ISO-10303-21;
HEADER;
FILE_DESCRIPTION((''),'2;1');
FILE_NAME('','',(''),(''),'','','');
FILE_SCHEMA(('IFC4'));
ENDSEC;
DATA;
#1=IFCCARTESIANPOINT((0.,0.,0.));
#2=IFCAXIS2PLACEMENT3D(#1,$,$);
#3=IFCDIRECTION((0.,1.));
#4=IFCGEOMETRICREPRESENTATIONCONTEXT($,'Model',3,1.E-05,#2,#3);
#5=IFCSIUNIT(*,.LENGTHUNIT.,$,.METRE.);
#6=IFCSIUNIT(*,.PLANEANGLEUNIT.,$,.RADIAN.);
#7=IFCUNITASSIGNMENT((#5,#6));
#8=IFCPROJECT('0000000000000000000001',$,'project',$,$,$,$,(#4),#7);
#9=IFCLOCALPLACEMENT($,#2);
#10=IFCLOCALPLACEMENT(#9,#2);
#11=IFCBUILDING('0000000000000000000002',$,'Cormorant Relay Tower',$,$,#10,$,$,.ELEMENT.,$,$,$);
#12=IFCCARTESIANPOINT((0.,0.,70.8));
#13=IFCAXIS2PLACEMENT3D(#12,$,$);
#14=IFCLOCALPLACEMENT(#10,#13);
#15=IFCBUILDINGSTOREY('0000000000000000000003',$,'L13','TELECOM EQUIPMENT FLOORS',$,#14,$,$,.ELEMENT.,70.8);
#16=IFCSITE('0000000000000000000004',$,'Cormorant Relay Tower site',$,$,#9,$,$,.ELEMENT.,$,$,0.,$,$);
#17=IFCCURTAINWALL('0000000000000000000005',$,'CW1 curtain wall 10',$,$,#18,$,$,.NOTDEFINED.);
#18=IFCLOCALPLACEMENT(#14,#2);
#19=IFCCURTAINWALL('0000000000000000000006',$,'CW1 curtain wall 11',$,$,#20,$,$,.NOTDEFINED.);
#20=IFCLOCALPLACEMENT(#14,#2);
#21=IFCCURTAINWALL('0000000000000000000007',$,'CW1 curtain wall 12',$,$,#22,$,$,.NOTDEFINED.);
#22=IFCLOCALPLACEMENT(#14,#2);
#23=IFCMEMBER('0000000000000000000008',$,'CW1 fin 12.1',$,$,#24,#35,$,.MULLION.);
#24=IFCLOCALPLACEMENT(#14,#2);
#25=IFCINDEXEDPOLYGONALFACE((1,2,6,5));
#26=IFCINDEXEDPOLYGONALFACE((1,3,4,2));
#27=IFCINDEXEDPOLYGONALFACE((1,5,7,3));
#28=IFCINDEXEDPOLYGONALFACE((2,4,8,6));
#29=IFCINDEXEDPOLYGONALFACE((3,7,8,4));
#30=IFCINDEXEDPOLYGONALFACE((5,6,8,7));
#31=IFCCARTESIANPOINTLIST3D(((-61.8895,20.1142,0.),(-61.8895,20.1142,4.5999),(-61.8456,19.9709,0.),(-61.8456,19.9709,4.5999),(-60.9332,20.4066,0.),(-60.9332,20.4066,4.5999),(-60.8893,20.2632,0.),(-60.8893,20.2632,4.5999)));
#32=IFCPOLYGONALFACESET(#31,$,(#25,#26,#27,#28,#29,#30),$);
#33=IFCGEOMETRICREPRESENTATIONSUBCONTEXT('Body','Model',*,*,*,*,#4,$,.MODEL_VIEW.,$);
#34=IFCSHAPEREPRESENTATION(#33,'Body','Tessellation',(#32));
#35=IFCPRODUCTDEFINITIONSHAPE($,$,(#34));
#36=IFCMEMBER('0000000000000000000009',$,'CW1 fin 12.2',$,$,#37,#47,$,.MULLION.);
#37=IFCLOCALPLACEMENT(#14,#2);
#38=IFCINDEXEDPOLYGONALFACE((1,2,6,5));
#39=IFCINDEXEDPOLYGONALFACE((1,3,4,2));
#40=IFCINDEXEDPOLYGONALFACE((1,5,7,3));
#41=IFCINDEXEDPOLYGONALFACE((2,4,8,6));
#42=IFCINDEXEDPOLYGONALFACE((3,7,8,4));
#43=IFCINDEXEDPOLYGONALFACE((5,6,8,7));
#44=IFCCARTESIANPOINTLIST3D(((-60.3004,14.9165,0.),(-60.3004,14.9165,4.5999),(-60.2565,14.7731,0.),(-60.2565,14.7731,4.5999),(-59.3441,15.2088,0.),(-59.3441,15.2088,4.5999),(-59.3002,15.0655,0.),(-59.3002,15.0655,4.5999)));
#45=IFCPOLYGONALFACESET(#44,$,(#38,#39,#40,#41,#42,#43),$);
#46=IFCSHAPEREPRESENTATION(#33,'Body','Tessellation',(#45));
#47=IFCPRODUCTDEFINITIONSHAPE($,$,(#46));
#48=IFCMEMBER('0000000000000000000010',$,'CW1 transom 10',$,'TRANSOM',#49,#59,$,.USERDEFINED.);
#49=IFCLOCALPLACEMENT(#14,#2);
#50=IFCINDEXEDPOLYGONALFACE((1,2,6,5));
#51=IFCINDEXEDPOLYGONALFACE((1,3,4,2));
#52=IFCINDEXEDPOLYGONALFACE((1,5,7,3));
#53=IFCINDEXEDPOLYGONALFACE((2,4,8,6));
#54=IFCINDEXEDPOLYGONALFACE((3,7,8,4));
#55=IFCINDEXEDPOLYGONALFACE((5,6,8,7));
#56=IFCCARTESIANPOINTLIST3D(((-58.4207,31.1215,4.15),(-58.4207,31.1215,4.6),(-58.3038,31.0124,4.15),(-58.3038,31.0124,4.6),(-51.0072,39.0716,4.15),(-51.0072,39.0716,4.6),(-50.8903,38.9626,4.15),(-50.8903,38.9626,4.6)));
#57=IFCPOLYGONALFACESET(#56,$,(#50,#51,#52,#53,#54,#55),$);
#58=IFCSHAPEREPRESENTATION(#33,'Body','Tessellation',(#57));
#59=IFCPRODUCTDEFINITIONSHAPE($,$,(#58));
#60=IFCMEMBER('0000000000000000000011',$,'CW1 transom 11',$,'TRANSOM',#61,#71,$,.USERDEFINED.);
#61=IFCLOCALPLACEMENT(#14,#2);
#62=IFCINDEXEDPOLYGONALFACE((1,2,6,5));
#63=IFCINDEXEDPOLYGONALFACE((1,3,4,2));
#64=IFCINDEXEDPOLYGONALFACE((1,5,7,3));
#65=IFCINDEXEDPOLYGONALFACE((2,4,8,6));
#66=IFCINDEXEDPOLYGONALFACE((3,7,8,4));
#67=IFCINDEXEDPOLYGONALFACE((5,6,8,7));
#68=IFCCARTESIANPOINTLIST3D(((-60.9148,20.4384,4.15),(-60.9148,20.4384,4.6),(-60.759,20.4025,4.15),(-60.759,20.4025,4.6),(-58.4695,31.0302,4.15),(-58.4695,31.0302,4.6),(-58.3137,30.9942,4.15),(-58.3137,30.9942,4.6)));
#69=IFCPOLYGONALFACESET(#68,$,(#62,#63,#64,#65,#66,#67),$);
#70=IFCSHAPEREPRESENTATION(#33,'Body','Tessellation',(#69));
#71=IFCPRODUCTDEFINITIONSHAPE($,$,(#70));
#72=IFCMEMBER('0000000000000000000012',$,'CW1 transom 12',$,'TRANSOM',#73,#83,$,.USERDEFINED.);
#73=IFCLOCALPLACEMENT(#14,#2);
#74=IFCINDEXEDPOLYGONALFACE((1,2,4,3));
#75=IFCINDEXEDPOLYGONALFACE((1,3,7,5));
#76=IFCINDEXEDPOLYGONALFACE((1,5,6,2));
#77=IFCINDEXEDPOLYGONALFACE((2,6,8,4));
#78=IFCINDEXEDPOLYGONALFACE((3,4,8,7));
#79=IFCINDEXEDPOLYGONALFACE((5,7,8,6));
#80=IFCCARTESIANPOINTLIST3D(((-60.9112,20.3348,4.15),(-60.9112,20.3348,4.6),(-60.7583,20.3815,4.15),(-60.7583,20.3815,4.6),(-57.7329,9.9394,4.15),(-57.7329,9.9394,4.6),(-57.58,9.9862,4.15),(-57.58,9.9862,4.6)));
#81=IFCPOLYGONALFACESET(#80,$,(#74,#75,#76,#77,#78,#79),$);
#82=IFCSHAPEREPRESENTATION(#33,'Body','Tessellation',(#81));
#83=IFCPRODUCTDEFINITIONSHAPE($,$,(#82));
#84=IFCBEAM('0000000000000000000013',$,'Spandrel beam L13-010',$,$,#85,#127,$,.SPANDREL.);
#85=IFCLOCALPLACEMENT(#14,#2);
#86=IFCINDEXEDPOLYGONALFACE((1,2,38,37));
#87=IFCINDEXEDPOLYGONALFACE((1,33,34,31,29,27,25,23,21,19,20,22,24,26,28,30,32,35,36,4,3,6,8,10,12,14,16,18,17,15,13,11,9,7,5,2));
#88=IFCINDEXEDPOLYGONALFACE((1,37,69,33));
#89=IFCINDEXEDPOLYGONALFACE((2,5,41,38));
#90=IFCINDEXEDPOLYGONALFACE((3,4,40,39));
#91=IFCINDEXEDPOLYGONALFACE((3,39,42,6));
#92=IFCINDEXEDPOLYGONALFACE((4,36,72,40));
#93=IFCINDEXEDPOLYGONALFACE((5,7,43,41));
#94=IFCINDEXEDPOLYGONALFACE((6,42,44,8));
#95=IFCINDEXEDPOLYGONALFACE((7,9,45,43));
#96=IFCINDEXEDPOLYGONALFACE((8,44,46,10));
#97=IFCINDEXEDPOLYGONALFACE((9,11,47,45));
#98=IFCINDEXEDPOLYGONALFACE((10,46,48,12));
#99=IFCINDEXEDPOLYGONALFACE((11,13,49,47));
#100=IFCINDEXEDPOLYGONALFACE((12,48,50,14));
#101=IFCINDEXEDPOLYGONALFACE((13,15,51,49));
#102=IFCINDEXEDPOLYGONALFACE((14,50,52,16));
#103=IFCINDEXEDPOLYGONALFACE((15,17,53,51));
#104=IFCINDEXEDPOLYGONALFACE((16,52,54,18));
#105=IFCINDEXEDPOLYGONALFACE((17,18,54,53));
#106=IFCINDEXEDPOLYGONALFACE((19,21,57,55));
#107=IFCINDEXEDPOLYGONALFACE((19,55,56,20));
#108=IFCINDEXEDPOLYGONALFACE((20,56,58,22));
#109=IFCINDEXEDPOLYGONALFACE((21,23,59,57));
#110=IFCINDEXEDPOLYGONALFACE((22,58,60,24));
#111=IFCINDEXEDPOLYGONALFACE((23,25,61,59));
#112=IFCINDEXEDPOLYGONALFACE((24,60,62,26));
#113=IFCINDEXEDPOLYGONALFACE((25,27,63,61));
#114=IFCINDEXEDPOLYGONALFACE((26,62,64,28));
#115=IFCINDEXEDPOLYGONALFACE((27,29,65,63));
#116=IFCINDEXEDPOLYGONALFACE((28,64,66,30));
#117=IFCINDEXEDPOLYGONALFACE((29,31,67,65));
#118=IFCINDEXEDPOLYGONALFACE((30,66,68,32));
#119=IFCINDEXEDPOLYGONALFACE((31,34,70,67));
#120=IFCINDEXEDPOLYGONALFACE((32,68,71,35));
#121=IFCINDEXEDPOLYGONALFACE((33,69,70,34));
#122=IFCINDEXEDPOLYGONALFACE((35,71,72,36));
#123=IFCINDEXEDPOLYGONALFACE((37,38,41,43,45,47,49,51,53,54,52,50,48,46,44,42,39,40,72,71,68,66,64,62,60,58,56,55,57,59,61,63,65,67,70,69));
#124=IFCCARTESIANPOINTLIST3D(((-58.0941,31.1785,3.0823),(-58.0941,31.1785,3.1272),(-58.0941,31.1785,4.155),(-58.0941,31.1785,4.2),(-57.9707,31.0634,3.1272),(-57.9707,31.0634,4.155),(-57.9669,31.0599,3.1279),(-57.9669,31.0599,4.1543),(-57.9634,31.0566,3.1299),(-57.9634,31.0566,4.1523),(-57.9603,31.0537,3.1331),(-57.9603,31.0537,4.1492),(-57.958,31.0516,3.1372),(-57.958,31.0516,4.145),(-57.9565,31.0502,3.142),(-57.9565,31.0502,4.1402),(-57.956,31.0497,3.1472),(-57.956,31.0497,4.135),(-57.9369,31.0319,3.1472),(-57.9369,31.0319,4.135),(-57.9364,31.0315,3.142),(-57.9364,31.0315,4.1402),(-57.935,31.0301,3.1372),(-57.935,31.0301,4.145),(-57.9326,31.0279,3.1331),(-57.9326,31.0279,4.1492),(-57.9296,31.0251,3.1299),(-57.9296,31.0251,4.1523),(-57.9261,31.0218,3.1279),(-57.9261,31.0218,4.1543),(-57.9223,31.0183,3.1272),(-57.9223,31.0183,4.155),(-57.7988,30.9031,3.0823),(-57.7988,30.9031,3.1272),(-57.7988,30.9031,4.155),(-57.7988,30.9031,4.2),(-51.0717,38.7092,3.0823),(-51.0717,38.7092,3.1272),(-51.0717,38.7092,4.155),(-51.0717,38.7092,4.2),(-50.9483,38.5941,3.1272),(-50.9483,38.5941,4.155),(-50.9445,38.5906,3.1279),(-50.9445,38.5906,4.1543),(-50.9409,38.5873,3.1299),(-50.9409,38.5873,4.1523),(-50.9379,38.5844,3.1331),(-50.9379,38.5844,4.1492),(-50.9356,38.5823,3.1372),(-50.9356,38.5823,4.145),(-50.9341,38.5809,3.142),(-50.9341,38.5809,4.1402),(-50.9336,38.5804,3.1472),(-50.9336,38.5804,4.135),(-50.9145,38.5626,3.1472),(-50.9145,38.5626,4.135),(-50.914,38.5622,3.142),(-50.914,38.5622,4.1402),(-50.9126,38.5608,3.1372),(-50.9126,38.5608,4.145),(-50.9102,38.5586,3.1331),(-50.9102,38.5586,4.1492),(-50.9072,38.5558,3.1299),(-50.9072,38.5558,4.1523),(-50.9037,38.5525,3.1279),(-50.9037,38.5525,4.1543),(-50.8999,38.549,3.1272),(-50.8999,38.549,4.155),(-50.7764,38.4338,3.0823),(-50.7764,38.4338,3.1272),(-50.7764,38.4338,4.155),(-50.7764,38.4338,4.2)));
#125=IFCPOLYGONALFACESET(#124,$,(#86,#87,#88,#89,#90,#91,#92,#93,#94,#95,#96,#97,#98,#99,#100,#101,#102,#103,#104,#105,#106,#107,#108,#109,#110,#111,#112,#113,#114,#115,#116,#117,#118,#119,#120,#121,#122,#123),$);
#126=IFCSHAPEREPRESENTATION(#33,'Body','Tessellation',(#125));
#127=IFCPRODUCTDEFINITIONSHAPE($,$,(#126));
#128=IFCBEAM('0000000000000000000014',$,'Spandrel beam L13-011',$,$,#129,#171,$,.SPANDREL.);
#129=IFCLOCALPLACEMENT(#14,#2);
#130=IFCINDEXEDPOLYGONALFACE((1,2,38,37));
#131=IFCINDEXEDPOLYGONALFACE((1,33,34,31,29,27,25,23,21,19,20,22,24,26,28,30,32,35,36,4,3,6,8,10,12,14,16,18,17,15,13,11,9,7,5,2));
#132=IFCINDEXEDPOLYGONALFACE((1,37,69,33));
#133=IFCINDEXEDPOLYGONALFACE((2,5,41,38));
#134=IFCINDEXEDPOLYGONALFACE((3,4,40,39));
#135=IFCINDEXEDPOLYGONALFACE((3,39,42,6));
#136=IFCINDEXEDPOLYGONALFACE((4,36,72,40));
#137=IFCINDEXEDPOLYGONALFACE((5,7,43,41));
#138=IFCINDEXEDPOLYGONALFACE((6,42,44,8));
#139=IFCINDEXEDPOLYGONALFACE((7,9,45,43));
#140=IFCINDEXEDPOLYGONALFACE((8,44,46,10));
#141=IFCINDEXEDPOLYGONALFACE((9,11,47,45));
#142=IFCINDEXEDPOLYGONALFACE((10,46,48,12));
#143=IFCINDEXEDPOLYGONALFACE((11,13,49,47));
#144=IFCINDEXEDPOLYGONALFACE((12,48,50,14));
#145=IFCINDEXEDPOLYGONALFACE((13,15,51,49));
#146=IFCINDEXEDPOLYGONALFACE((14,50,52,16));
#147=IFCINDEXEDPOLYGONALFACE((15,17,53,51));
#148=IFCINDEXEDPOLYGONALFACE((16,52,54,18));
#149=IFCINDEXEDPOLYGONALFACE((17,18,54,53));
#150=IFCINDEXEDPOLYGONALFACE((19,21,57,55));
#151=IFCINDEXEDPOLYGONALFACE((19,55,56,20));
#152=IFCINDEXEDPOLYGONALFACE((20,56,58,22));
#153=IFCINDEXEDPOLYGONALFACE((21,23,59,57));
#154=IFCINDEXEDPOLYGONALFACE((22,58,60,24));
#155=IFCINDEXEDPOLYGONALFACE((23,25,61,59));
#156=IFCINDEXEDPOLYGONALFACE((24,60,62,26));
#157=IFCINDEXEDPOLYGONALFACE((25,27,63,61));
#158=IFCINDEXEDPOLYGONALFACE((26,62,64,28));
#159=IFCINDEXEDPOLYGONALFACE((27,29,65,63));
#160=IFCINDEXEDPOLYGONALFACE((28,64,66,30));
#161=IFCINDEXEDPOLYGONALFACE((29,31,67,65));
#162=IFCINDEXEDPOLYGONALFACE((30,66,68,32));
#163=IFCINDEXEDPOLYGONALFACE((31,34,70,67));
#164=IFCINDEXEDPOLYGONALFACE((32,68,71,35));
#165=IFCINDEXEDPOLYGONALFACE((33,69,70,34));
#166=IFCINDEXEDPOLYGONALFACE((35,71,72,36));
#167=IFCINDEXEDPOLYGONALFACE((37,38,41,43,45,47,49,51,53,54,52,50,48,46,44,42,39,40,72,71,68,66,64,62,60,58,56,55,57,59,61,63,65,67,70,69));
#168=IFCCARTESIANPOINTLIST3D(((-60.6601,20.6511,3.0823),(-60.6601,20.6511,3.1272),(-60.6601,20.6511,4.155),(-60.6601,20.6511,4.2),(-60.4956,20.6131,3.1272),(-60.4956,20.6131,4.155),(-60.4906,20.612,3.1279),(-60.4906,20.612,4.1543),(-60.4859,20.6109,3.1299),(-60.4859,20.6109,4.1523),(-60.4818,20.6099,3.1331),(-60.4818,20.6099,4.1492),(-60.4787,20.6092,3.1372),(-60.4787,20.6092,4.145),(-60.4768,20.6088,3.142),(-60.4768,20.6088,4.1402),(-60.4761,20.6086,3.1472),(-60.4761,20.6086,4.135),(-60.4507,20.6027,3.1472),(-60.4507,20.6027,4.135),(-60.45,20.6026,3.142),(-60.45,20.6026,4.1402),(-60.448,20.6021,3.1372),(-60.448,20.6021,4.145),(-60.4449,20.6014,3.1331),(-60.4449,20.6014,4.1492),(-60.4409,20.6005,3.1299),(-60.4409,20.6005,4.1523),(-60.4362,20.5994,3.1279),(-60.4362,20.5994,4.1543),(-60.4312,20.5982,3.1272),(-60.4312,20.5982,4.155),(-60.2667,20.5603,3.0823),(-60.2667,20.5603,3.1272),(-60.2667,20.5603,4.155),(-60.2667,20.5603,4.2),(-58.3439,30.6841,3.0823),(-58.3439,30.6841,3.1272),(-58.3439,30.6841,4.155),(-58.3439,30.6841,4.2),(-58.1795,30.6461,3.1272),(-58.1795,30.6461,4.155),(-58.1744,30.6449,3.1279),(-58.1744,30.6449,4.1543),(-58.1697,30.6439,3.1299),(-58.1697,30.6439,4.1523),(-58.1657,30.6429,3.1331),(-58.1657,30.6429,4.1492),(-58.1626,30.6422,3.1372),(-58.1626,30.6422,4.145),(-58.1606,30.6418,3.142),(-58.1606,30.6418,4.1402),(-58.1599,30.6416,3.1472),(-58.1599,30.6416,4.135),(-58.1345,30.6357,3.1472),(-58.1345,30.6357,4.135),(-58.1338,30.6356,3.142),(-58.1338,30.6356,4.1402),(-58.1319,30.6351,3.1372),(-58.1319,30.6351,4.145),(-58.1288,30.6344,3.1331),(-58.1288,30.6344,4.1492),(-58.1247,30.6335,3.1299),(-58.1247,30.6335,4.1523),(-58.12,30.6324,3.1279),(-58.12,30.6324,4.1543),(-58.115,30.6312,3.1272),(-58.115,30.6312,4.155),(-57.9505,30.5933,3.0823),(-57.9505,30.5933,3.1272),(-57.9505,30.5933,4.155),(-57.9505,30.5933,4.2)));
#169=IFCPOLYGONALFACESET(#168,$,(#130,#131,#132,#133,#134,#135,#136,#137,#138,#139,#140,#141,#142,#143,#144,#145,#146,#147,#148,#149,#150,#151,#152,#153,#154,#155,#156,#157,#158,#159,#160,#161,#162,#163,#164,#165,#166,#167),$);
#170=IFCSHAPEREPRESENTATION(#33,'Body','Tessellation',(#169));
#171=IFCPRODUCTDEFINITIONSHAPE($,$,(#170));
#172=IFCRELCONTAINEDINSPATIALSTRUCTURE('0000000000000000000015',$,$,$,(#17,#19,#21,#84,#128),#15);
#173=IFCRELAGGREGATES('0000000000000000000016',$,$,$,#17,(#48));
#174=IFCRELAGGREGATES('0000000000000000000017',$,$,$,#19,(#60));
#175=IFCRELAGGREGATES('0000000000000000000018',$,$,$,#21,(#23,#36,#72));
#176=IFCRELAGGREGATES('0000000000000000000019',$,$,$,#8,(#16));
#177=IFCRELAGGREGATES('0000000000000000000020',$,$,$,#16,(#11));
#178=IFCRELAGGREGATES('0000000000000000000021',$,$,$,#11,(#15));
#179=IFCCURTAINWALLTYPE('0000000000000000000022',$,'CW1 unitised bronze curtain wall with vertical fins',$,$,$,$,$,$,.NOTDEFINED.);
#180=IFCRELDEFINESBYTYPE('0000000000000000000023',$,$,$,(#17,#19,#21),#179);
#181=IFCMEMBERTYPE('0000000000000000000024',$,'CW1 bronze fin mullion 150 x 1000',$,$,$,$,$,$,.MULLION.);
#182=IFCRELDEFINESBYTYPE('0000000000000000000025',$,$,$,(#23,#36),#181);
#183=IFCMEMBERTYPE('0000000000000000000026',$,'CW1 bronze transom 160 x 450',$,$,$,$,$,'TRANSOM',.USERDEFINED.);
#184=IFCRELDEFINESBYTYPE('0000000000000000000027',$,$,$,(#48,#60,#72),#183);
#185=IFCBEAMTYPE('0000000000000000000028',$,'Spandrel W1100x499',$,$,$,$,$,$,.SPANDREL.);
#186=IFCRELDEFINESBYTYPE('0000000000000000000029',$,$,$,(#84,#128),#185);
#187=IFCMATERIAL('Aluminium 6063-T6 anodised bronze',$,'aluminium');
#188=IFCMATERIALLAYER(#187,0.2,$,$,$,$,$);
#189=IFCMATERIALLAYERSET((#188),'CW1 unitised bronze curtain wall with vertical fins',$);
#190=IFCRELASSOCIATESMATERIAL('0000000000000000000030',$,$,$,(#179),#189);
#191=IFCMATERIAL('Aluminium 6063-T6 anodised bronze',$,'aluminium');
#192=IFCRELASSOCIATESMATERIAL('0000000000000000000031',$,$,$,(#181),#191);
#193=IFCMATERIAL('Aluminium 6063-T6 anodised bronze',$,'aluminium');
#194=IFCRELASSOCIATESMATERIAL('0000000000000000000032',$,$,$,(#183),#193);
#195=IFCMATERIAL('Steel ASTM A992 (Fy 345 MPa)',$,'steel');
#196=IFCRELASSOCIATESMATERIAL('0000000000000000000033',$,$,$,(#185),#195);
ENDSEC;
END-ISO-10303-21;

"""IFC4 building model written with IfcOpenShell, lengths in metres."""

from ifc_helpers import new_model, si_unit, direction, frame, origin, origin_2d, place, context, subcontext, project, spatial, rectangle, i_section, extrude, material, layer, layer_set, material_profile, profile_set, type_object, element, aggregate, save


model = new_model("IFC4")

# Units and contexts
model_context = context("Model", 3, precision=1e-05, world=origin(), true_north=direction((0.0, 1.0)))
body_context = subcontext(model_context, "Body", "Model", "MODEL_VIEW")
ifc_project = project(units=[si_unit("LENGTHUNIT", "METRE"), si_unit("PLANEANGLEUNIT", "RADIAN")], contexts=[model_context])

# Site, building, storey
site_placement = place(None, origin())
site = spatial("IfcSite", under=ifc_project, at=site_placement, Name="Cormorant Relay Tower site", CompositionType="ELEMENT", RefElevation=0.0)
building_placement = place(site_placement, origin())
building = spatial("IfcBuilding", under=site, at=building_placement, Name="Cormorant Relay Tower", CompositionType="ELEMENT")
storey_placement = place(building_placement, frame((0.0, 0.0, 70.8)))
storey = spatial("IfcBuildingStorey", under=building, at=storey_placement, Name="L13", Description="TELECOM EQUIPMENT FLOORS", CompositionType="ELEMENT", Elevation=70.8)

# Curtain walls, members
ifc_material_1 = material(Name="Aluminium 6063-T6 anodised bronze", Category="aluminium")
ifc_layer_1 = layer(ifc_material_1, 0.2)
ifc_layer_set_1 = layer_set([ifc_layer_1], Name="CW1 unitised bronze curtain wall with vertical fins")
curtain_wall_type = type_object("IfcCurtainWallType", Name="CW1 unitised bronze curtain wall with vertical fins", PredefinedType="NOTDEFINED", material=ifc_layer_set_1)
curtain_wall_1_placement = place(storey_placement, origin())
curtain_wall_1 = element("IfcCurtainWall", 1, at=curtain_wall_1_placement, inside=storey, type_object=curtain_wall_type, Name="CW1 curtain wall 10", PredefinedType="NOTDEFINED")
ifc_material_2 = material(Name="Aluminium 6063-T6 anodised bronze", Category="aluminium")
ifc_material_profile_1 = material_profile(ifc_material_2, rectangle(XDim=0.1499, YDim=1.0, at=origin_2d()), Name="AL 150x1000")
ifc_profile_set_1 = profile_set([ifc_material_profile_1], Name="Aluminium 6063-T6 anodised bronze")
member_type_1 = type_object("IfcMemberType", Name="CW1 bronze fin mullion 150 x 1000", PredefinedType="MULLION", material=ifc_profile_set_1)
curtain_wall_2_placement = place(storey_placement, origin())
curtain_wall_2 = element("IfcCurtainWall", 2, at=curtain_wall_2_placement, inside=storey, type_object=curtain_wall_type, Name="CW1 curtain wall 11", PredefinedType="NOTDEFINED")
curtain_wall_3_placement = place(storey_placement, origin())
curtain_wall_3 = element("IfcCurtainWall", 3, at=curtain_wall_3_placement, inside=storey, type_object=curtain_wall_type, Name="CW1 curtain wall 12", PredefinedType="NOTDEFINED")
member_1_placement = place(storey_placement, frame((-61.3894, 20.1887, 0.0), z_axis=(0.0, 0.0, 1.0), x_axis=(0.292372, -0.956305, 0.0)))
member_1 = element("IfcMember", 4, at=member_1_placement, type_object=member_type_1, Name="CW1 fin 12.1", PredefinedType="MULLION", context=body_context, shape_type="SweptSolid", body=[
    extrude(rectangle(XDim=0.1499, YDim=1.0, at=origin_2d()), origin(), (0.0, 0.0, 1.0), 4.5999),
])
member_2_placement = place(storey_placement, frame((-59.8003, 14.991, 0.0), z_axis=(0.0, 0.0, 1.0), x_axis=(0.292372, -0.956305, 0.0)))
member_2 = element("IfcMember", 5, at=member_2_placement, type_object=member_type_1, Name="CW1 fin 12.2", PredefinedType="MULLION", context=body_context, shape_type="SweptSolid", body=[
    extrude(rectangle(XDim=0.1499, YDim=1.0, at=origin_2d()), origin(), (0.0, 0.0, 1.0), 4.5999),
])

# Members
ifc_material_3 = material(Name="Aluminium 6063-T6 anodised bronze", Category="aluminium")
ifc_material_profile_2 = material_profile(ifc_material_3, rectangle(XDim=0.1599, YDim=0.45, at=origin_2d()), Name="AL 160x450")
ifc_profile_set_2 = profile_set([ifc_material_profile_2], Name="Aluminium 6063-T6 anodised bronze")
member_type_2 = type_object("IfcMemberType", Name="CW1 bronze transom 160 x 450", ElementType="TRANSOM", PredefinedType="USERDEFINED", material=ifc_profile_set_2)
member_3_placement = place(storey_placement, frame((-50.9487, 39.0171, 4.375), z_axis=(-0.681993, -0.731358, 0.0), x_axis=(0.731358, -0.681993, 0.0)))
member_3 = element("IfcMember", 6, at=member_3_placement, type_object=member_type_2, Name="CW1 transom 10", ObjectType="TRANSOM", PredefinedType="USERDEFINED", context=body_context, shape_type="SweptSolid", body=[
    extrude(rectangle(XDim=0.1599, YDim=0.45, at=origin_2d()), origin(), (0.0, 0.0, 1.0), 10.8704),
])
member_4_placement = place(storey_placement, frame((-58.3916, 31.0122, 4.375), z_axis=(-0.224951, -0.97437, 0.0), x_axis=(0.97437, -0.224951, 0.0)))
member_4 = element("IfcMember", 7, at=member_4_placement, type_object=member_type_2, Name="CW1 transom 11", ObjectType="TRANSOM", PredefinedType="USERDEFINED", context=body_context, shape_type="SweptSolid", body=[
    extrude(rectangle(XDim=0.1599, YDim=0.45, at=origin_2d()), origin(), (0.0, 0.0, 1.0), 10.8704),
])
member_5_placement = place(storey_placement, frame((-60.8347, 20.3582, 4.375), z_axis=(0.292378, -0.956303, 0.0), x_axis=(0.956303, 0.292378, 0.0)))
member_5 = element("IfcMember", 8, at=member_5_placement, type_object=member_type_2, Name="CW1 transom 12", ObjectType="TRANSOM", PredefinedType="USERDEFINED", context=body_context, shape_type="SweptSolid", body=[
    extrude(rectangle(XDim=0.1599, YDim=0.45, at=origin_2d()), origin(), (0.0, 0.0, 1.0), 10.8704),
])

# Beams
ifc_material_4 = material(Name="Steel ASTM A992 (Fy 345 MPa)", Category="steel")
ifc_material_profile_3 = material_profile(ifc_material_4, i_section(OverallWidth=0.4038, OverallDepth=1.1177, WebThickness=0.0261, FlangeThickness=0.0449, FilletRadius=0.02, at=origin_2d()), Name="W1100x499")
ifc_profile_set_3 = profile_set([ifc_material_profile_3], Name="Steel ASTM A992 (Fy 345 MPa)")
beam_type = type_object("IfcBeamType", Name="Spandrel W1100x499", PredefinedType="SPANDREL", material=ifc_profile_set_3)
for number, where, z_axis, x_axis, name in (
    (9, (-50.9241, 38.5715, 3.6411), (-0.681994, -0.731358, 0.0), (0.731358, -0.681994, 0.0), "Spandrel beam L13-010"),
    (10, (-58.1472, 30.6387, 3.6411), (-0.224939, -0.974373, 0.0), (0.974373, -0.224939, 0.0), "Spandrel beam L13-011"),
):
    element("IfcBeam", number, at=place(storey_placement, frame(where, z_axis=z_axis, x_axis=x_axis)), inside=storey, type_object=beam_type, Name=name, PredefinedType="SPANDREL", context=body_context, shape_type="SweptSolid", body=[
        extrude(i_section(OverallWidth=0.4038, OverallDepth=1.1177, WebThickness=0.0261, FlangeThickness=0.0449, FilletRadius=0.02, at=origin_2d()), origin(), (0.0, 0.0, 1.0), 10.2969),
    ])

aggregate(curtain_wall_1, [member_3])
aggregate(curtain_wall_2, [member_4])
aggregate(curtain_wall_3, [member_1, member_2, member_5])

save(model, "model.ifc")
